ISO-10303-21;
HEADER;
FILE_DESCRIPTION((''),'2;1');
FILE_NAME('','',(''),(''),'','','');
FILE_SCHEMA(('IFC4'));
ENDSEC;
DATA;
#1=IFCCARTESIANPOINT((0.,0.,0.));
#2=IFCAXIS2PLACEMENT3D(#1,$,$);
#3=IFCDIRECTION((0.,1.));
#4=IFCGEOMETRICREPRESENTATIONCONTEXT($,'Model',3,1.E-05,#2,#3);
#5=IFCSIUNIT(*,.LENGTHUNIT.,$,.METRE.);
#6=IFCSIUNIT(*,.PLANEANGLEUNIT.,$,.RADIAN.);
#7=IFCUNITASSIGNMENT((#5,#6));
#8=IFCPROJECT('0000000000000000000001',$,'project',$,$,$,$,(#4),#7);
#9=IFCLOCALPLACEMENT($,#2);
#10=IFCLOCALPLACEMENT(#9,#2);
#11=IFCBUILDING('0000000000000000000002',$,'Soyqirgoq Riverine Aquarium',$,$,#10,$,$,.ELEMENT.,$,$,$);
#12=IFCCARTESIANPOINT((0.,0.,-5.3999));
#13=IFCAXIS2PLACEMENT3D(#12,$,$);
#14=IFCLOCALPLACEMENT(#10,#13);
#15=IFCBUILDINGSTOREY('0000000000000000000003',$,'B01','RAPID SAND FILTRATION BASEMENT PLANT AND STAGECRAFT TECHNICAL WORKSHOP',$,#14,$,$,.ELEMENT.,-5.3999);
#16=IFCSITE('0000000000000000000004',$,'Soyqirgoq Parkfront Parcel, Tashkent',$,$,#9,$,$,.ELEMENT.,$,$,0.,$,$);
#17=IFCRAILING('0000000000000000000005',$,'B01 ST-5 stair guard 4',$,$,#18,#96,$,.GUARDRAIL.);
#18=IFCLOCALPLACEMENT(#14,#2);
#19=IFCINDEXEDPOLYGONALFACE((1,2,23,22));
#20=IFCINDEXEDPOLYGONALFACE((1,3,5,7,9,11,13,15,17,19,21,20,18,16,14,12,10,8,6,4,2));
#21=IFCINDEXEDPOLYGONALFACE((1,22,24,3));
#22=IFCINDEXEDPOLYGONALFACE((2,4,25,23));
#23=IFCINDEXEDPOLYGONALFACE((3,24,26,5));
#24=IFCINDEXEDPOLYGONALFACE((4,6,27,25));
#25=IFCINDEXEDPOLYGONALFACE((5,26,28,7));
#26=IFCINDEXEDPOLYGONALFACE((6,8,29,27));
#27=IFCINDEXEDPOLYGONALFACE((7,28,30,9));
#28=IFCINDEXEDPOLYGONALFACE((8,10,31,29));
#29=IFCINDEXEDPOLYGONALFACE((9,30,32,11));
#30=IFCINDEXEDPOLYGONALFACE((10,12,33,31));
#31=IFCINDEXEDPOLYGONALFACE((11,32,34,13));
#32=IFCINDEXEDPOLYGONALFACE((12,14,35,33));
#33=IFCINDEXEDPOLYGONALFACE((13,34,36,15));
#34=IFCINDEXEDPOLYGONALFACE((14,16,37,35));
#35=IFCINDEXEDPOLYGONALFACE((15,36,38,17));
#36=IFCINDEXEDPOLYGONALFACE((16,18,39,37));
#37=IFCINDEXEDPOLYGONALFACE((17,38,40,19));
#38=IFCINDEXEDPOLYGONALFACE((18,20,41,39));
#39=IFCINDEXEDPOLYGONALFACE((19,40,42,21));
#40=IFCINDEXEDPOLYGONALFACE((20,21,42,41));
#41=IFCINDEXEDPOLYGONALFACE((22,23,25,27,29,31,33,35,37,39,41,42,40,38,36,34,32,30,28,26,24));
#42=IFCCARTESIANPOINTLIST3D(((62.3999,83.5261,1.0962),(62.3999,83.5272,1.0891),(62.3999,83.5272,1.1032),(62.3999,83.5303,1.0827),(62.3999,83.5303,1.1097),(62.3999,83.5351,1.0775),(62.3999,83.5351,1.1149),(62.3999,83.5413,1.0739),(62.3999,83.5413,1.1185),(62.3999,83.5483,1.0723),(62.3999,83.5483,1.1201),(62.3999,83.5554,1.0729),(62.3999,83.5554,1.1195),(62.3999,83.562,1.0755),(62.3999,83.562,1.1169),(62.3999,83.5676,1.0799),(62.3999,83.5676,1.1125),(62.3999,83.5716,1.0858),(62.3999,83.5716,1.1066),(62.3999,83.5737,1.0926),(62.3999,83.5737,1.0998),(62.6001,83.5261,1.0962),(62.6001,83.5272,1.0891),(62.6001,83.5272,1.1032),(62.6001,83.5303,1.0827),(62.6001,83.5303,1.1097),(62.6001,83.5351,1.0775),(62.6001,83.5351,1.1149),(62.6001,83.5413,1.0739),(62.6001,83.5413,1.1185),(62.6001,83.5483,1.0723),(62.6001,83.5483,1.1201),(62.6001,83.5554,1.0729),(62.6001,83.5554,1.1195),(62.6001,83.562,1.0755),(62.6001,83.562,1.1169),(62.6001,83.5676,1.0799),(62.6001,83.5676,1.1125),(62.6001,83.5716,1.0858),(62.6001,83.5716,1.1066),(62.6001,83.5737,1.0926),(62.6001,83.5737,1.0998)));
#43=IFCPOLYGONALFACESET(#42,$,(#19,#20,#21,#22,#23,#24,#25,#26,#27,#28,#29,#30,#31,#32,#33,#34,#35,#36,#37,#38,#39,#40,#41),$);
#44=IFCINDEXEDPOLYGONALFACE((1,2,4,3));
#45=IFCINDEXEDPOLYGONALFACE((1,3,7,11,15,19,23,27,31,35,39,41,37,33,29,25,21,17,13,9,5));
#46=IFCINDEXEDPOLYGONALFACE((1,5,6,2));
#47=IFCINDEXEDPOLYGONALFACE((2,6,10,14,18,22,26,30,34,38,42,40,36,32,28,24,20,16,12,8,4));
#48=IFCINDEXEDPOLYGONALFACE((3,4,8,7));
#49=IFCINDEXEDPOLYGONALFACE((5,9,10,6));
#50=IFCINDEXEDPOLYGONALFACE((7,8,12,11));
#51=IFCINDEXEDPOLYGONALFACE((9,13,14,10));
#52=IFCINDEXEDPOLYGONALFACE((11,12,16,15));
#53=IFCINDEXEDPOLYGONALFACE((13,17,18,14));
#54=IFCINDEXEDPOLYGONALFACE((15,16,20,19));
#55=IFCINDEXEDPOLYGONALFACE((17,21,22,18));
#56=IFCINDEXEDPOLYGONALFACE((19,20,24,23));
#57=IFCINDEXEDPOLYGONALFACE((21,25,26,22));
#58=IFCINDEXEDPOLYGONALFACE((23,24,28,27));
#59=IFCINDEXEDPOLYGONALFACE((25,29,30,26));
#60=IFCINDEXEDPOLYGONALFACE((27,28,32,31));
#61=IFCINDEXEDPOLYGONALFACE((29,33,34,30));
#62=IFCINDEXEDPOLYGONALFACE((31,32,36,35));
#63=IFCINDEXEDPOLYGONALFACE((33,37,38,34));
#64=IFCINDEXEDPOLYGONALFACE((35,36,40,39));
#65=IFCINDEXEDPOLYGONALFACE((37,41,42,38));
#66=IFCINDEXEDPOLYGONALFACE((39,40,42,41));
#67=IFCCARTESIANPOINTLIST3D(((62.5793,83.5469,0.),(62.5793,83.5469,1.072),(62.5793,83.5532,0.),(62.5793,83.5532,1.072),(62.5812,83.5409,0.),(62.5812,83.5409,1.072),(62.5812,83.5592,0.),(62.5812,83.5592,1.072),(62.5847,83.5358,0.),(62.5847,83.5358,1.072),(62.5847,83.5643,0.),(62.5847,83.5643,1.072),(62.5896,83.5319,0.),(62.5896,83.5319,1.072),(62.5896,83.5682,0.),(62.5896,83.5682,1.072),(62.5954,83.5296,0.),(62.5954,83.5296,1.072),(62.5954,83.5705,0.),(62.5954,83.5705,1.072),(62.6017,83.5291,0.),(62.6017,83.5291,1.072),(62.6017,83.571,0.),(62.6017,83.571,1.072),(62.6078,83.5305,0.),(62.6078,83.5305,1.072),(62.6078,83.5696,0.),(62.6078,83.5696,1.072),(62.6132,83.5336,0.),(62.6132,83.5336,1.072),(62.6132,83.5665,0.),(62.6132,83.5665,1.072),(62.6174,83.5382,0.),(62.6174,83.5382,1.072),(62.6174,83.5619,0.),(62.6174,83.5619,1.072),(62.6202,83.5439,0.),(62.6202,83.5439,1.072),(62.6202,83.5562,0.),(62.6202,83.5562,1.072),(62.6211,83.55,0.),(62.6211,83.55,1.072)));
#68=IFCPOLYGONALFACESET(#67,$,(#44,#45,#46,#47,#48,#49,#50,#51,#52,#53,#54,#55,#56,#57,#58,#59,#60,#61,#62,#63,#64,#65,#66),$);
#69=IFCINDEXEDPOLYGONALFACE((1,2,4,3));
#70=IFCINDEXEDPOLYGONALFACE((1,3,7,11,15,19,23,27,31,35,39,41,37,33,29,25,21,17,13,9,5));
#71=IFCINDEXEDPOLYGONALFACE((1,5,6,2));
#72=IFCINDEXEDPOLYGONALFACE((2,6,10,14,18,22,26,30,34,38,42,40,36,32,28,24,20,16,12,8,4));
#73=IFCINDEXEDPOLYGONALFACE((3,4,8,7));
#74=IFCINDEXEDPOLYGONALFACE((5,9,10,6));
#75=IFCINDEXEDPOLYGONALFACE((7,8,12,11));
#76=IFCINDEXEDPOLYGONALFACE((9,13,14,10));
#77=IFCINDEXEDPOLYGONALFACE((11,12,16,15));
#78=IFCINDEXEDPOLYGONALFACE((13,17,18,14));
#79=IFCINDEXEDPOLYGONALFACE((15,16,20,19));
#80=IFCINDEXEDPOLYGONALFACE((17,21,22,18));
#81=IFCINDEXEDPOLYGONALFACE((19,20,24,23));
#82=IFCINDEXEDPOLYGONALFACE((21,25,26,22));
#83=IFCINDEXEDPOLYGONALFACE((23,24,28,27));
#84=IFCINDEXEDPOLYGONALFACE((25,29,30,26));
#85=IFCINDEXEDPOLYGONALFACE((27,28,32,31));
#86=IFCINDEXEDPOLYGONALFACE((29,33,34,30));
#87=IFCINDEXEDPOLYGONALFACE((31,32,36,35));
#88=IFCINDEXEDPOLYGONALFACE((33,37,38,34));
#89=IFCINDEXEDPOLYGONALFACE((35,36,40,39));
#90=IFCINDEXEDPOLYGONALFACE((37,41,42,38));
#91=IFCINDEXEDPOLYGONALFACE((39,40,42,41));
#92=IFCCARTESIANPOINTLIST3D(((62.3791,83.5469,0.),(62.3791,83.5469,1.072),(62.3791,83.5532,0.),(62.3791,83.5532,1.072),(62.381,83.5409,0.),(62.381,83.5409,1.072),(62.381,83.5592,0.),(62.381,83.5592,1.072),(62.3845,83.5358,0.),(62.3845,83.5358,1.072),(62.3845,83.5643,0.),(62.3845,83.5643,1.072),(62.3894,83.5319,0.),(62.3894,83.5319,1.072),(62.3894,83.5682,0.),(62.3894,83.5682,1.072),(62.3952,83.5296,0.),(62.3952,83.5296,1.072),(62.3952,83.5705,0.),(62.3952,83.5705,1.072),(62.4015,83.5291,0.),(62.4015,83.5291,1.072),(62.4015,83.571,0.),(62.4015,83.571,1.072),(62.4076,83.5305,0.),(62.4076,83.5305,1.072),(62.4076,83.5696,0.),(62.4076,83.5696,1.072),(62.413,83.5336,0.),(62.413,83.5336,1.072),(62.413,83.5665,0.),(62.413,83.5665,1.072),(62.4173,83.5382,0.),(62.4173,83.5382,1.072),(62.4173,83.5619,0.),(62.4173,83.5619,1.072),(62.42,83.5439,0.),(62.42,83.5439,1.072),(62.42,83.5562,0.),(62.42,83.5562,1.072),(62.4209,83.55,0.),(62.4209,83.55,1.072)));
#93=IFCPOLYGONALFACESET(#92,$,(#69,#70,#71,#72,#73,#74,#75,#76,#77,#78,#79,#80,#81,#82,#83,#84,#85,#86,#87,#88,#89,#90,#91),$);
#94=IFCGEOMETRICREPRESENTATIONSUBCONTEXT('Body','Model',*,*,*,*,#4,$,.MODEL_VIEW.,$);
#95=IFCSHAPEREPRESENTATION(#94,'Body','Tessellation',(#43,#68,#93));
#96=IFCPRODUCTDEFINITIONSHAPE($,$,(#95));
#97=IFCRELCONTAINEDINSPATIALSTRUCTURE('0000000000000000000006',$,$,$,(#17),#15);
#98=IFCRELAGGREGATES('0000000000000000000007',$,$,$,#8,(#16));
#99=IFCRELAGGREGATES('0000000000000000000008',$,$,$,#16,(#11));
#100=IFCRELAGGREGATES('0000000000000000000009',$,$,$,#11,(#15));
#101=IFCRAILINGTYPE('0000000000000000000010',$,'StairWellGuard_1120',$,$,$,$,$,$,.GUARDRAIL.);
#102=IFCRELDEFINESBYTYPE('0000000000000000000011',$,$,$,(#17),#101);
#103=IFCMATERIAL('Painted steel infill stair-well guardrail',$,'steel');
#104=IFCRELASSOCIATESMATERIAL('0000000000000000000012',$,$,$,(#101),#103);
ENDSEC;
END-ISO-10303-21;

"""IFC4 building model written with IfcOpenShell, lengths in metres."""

from ifc_helpers import new_model, si_unit, direction, frame, origin, origin_2d, place, context, subcontext, project, spatial, circle, extrude, material, type_object, element, save


model = new_model("IFC4")

# Units and contexts
model_context = context("Model", 3, precision=1e-05, world=origin(), true_north=direction((0.0, 1.0)))
body_context = subcontext(model_context, "Body", "Model", "MODEL_VIEW")
ifc_project = project(units=[si_unit("LENGTHUNIT", "METRE"), si_unit("PLANEANGLEUNIT", "RADIAN")], contexts=[model_context])

# Site, building, storey
site_placement = place(None, origin())
site = spatial("IfcSite", under=ifc_project, at=site_placement, Name="Soyqirgoq Parkfront Parcel, Tashkent", CompositionType="ELEMENT", RefElevation=0.0)
building_placement = place(site_placement, origin())
building = spatial("IfcBuilding", under=site, at=building_placement, Name="Soyqirgoq Riverine Aquarium", CompositionType="ELEMENT")
storey_placement = place(building_placement, frame((0.0, 0.0, -5.3999)))
storey = spatial("IfcBuildingStorey", under=building, at=storey_placement, Name="B01", Description="RAPID SAND FILTRATION BASEMENT PLANT AND STAGECRAFT TECHNICAL WORKSHOP", CompositionType="ELEMENT", Elevation=-5.3999)

# Railing
ifc_material_1 = material(Name="Painted steel infill stair-well guardrail", Category="steel")
railing_type_1 = type_object("IfcRailingType", Name="StairWellGuard_1120", PredefinedType="GUARDRAIL", material=ifc_material_1)
railing_1_placement = place(storey_placement, frame((62.6001, 83.55, 0.0)))
element("IfcRailing", 1, at=railing_1_placement, inside=storey, type_object=railing_type_1, Name="B01 ST-5 stair guard 4", PredefinedType="GUARDRAIL", context=body_context, shape_type="SweptSolid", body=[
    extrude(circle(Radius=0.0239, at=origin_2d()), frame((0.0, 0.0, 1.0962), z_axis=(-1.0, 0.0, 0.0), x_axis=(0.0, -1.0, 0.0)), (0.0, 0.0, 1.0), 0.2002),
    extrude(circle(Radius=0.021, at=origin_2d()), origin(), (0.0, 0.0, 1.0), 1.072),
    extrude(circle(Radius=0.021, at=origin_2d()), frame((-0.2002, 0.0, 0.0)), (0.0, 0.0, 1.0), 1.072),
])

save(model, "model.ifc")
